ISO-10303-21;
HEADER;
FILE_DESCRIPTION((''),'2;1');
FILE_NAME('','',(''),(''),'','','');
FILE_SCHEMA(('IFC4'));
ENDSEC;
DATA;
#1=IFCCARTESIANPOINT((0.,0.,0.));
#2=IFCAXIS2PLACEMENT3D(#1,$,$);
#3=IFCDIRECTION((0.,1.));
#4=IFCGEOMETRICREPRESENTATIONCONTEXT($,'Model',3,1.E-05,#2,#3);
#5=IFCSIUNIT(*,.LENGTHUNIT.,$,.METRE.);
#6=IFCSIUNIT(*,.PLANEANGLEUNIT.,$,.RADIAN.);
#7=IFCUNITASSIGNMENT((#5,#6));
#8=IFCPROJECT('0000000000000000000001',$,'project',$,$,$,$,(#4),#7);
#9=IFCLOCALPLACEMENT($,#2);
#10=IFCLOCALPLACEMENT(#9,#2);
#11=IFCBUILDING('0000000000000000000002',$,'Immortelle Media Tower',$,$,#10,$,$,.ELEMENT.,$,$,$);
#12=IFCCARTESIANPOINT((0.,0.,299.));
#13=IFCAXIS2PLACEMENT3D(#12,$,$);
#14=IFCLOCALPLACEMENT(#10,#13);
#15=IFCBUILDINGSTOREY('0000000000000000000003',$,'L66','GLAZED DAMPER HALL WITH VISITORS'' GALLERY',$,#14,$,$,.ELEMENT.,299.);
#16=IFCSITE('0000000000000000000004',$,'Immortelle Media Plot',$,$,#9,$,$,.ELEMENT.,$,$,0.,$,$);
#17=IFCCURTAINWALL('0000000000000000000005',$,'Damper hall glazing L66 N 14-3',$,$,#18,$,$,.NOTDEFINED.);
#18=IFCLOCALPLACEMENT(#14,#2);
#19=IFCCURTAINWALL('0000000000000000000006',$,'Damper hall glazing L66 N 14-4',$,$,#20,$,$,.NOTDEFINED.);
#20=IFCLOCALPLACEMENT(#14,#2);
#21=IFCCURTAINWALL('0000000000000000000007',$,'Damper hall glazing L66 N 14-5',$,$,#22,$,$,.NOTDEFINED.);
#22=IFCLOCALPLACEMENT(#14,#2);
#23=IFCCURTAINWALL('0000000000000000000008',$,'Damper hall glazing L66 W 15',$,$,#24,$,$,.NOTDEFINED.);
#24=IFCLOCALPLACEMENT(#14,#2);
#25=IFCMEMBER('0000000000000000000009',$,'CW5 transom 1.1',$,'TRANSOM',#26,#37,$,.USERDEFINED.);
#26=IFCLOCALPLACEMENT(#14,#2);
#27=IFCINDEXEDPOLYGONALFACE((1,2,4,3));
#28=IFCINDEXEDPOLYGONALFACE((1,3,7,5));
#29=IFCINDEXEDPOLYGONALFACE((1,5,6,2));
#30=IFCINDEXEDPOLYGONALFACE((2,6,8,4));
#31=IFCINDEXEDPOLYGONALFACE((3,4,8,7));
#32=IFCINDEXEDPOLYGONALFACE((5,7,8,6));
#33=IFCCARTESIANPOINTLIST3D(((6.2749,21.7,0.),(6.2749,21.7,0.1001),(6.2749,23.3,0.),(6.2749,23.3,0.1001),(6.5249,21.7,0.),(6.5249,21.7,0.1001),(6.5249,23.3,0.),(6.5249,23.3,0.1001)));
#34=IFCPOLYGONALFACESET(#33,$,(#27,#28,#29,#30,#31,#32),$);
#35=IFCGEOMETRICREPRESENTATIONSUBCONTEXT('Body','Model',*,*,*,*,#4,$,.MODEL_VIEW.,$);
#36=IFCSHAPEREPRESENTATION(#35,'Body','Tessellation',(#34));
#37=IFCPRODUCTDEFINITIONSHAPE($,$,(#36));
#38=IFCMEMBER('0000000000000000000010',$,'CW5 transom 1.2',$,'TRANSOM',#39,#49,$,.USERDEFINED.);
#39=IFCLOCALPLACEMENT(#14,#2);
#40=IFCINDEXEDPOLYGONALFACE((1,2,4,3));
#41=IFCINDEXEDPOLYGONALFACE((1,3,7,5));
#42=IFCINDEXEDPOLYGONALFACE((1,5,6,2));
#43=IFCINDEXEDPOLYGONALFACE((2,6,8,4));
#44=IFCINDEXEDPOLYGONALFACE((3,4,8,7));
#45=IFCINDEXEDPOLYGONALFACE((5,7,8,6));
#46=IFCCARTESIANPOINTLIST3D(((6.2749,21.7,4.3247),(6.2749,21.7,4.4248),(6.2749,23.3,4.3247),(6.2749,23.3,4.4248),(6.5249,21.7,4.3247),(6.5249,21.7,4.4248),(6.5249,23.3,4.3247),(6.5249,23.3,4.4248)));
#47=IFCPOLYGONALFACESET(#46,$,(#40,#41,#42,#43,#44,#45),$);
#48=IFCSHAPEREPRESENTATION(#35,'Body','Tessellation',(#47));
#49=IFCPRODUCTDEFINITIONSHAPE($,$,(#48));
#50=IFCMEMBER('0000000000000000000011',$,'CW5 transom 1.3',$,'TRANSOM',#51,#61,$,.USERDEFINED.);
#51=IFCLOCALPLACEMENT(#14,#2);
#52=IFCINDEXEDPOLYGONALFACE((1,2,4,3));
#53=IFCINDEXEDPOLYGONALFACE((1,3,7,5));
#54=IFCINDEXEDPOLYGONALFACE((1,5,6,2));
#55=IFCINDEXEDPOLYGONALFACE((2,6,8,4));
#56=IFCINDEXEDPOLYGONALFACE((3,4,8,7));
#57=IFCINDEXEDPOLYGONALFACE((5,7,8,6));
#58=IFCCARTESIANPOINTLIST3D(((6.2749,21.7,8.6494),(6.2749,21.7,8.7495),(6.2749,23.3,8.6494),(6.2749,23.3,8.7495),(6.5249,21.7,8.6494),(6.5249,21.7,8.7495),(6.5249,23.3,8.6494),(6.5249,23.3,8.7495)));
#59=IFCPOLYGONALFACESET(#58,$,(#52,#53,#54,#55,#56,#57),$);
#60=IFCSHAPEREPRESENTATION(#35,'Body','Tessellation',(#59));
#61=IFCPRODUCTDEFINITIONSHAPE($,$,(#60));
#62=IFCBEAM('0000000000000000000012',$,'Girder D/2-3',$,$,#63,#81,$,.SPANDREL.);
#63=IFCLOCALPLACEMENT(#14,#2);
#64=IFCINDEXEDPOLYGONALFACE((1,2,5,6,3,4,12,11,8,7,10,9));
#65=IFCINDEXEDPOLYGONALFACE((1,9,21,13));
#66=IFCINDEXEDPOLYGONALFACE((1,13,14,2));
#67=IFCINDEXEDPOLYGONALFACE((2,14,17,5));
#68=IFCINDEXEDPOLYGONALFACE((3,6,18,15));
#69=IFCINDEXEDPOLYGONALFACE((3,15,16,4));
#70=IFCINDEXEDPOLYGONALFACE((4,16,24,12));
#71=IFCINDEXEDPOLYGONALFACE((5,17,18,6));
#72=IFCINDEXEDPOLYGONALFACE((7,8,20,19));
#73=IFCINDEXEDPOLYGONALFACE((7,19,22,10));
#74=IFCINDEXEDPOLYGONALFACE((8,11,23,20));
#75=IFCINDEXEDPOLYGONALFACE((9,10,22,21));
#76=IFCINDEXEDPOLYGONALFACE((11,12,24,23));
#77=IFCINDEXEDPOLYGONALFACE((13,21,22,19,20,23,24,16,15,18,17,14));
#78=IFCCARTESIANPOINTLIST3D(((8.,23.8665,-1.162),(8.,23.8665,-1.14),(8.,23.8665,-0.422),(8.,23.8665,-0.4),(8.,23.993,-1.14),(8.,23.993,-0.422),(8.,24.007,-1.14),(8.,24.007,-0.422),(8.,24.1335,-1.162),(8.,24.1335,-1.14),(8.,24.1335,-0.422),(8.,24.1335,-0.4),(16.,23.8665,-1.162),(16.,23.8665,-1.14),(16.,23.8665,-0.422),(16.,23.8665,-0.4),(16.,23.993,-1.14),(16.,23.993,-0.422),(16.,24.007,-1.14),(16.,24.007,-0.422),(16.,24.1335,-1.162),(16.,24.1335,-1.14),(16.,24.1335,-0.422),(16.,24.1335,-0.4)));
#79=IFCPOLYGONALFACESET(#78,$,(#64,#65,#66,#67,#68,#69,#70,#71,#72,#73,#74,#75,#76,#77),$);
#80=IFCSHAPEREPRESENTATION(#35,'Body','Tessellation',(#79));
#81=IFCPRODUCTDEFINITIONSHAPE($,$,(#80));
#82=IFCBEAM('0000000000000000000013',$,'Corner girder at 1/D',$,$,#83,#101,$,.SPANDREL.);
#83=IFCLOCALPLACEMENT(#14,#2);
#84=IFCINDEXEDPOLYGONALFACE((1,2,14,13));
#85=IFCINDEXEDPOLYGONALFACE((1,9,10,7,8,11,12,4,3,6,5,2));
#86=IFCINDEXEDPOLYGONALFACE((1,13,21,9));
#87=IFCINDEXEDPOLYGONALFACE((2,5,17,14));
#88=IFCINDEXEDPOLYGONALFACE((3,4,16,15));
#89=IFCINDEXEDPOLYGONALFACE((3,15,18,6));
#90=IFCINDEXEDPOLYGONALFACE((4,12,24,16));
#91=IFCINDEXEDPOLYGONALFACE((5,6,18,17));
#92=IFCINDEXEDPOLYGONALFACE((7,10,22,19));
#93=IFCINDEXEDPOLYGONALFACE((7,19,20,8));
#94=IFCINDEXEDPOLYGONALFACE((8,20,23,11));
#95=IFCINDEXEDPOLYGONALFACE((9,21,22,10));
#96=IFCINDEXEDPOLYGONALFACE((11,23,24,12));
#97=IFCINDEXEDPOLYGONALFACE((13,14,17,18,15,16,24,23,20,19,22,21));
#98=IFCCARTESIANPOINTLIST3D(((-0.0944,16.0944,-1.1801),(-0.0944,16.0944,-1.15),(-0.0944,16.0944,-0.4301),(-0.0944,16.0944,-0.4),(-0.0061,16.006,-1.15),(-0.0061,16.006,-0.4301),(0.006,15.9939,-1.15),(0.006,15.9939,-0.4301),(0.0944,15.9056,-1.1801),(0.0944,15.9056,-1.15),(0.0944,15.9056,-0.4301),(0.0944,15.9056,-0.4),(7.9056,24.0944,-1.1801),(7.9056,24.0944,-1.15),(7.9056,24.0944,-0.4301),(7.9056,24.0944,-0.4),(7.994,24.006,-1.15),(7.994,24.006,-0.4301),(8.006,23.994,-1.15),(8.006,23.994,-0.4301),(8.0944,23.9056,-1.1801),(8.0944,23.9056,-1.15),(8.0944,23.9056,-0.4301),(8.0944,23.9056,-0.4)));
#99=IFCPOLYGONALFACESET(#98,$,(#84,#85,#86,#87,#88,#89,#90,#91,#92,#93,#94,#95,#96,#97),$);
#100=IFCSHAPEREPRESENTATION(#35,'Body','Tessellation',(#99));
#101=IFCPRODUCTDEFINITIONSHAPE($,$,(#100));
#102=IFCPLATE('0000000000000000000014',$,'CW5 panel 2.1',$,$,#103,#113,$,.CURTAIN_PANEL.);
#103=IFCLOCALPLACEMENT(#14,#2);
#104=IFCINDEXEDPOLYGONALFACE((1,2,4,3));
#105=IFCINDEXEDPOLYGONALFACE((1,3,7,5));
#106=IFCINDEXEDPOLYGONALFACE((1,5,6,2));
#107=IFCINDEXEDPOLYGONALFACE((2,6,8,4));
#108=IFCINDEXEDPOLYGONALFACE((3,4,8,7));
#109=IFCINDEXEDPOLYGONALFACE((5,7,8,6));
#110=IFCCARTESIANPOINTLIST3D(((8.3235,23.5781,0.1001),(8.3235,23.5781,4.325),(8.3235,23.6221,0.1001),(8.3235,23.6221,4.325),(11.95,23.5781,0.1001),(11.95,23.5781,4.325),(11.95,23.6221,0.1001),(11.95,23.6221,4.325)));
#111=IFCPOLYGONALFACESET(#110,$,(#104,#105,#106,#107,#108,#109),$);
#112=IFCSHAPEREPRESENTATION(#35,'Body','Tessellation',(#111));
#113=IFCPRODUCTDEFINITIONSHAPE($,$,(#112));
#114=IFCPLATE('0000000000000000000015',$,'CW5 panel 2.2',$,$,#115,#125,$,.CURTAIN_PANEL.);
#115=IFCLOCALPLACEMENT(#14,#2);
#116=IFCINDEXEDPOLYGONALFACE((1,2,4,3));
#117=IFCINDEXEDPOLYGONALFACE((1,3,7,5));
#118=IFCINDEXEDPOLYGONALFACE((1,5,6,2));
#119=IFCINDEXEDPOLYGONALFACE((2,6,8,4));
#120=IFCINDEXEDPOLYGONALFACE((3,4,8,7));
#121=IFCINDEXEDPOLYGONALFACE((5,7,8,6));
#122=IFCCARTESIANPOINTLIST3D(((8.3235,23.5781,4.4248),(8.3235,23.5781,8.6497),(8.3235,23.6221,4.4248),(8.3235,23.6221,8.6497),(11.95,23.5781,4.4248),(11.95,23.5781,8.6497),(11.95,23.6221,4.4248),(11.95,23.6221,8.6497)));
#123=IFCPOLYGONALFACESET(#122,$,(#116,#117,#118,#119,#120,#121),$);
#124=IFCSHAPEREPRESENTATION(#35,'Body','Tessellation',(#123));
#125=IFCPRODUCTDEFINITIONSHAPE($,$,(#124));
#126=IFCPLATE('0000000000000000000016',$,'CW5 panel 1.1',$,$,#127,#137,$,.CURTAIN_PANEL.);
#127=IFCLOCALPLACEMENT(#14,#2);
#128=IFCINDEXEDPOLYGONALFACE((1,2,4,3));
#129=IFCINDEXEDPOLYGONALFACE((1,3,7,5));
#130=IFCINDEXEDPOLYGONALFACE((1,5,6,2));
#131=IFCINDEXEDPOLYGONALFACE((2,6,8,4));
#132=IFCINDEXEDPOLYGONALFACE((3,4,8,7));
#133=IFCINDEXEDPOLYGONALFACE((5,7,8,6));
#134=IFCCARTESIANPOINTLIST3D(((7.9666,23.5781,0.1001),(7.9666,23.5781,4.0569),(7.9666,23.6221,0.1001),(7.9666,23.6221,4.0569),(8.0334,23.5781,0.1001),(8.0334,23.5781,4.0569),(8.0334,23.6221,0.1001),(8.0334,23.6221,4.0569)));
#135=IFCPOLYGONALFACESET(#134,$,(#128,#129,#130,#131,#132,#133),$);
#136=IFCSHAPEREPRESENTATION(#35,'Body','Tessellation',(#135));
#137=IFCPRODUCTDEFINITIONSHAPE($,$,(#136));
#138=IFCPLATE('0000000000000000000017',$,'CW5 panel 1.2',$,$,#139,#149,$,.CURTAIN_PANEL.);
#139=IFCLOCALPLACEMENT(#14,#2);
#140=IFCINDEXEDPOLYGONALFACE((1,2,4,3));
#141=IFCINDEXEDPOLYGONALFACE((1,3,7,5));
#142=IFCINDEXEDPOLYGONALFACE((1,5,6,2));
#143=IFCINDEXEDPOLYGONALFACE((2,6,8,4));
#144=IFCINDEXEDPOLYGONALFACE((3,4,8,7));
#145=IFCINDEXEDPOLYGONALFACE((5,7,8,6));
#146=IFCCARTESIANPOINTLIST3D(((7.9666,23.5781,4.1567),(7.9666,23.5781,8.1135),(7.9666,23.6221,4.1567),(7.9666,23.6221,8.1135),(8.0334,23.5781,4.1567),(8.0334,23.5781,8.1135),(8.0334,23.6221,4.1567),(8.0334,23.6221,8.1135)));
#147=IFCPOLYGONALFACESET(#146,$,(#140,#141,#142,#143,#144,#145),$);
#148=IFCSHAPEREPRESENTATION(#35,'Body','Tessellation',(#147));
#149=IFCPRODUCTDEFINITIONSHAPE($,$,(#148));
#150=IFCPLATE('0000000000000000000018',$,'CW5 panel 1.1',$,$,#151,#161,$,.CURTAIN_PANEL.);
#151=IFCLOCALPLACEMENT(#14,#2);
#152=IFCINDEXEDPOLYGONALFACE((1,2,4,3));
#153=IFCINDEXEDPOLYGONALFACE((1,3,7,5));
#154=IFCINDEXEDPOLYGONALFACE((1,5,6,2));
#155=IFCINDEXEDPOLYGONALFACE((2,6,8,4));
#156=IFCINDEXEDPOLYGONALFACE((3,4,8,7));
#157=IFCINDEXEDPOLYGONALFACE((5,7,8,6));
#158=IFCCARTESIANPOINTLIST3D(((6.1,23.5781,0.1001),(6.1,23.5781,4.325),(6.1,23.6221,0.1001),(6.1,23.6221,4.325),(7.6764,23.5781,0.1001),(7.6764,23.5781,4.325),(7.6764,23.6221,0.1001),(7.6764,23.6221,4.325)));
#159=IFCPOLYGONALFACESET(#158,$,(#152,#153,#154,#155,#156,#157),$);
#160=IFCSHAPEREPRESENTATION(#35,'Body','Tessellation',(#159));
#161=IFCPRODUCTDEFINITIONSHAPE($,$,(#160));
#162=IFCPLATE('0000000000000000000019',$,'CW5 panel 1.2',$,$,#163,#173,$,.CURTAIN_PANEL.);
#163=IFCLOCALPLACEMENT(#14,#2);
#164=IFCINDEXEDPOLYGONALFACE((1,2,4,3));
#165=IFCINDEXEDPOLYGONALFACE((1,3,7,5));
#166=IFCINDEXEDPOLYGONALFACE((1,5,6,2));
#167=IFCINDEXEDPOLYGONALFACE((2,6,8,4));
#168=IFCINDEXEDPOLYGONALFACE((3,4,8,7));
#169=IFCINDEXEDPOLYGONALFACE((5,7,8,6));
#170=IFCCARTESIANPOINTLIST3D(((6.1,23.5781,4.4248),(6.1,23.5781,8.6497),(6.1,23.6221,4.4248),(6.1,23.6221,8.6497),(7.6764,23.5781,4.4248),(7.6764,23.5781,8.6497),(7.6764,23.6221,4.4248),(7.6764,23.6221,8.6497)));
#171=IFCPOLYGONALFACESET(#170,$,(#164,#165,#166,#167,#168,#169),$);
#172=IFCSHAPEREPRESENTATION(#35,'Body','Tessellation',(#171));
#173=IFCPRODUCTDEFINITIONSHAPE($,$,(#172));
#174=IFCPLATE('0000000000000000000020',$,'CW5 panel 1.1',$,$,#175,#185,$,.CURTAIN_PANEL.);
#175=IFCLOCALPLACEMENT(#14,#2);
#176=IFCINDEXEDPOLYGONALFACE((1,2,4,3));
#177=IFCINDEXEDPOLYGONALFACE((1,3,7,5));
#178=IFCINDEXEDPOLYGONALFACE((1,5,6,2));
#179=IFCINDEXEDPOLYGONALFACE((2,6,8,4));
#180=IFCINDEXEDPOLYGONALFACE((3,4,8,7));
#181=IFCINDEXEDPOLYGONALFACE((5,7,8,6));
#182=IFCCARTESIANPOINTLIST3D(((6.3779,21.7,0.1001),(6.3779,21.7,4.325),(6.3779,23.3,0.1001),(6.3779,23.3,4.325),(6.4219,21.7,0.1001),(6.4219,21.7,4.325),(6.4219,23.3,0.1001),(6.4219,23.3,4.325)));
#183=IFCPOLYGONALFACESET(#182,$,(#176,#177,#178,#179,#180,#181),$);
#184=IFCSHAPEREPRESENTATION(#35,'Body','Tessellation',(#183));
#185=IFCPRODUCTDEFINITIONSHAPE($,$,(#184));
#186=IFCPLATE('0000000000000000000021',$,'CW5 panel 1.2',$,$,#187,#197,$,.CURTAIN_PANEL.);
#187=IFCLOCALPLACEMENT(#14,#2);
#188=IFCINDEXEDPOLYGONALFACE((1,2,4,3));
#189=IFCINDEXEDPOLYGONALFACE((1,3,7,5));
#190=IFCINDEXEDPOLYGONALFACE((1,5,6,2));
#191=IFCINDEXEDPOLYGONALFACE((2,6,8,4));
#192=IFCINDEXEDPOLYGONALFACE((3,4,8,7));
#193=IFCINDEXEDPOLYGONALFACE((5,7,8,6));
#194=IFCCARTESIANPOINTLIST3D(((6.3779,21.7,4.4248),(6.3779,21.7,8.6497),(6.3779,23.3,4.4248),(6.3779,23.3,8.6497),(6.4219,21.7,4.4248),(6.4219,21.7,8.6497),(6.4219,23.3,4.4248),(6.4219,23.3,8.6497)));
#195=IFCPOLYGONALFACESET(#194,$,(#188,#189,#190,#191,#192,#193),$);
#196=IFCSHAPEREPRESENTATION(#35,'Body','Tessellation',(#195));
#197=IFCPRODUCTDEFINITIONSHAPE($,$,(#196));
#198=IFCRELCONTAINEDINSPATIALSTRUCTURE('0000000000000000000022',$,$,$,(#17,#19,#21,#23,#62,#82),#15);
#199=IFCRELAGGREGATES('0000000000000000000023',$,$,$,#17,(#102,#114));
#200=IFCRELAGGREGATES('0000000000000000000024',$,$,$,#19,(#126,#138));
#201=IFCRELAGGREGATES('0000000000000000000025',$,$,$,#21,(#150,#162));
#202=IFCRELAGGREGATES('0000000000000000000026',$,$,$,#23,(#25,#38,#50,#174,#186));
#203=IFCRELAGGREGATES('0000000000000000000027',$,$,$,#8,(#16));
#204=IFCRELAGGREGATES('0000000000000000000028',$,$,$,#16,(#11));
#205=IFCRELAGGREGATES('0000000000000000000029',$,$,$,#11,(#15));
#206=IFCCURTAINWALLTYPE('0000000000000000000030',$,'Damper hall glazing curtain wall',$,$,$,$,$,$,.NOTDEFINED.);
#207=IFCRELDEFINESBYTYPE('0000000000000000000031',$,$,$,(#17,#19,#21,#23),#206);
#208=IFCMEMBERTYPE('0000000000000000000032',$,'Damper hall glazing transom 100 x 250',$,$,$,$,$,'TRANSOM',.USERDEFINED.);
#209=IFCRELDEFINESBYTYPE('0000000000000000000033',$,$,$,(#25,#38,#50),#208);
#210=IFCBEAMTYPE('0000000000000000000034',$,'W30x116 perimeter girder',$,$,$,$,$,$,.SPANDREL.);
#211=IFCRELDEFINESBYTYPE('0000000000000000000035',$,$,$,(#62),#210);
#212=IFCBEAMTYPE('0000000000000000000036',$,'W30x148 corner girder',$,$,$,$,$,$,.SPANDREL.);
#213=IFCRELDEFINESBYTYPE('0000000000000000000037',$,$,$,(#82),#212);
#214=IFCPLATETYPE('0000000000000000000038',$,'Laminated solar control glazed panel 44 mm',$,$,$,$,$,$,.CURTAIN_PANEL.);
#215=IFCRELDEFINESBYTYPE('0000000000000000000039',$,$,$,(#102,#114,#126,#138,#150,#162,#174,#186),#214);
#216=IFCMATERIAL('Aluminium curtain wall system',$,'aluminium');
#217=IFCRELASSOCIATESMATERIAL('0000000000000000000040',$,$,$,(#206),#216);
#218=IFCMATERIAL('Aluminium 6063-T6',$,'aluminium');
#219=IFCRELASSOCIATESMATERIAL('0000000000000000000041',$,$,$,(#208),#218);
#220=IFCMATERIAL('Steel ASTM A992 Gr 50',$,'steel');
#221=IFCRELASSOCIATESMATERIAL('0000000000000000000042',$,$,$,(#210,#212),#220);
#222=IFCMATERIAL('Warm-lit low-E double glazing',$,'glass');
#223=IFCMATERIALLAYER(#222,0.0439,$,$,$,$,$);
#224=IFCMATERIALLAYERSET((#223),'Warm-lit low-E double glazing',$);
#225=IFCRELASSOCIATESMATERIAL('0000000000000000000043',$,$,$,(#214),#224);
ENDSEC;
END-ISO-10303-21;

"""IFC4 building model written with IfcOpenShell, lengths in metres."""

from ifc_helpers import new_model, si_unit, direction, frame, origin, origin_2d, place, context, subcontext, project, spatial, rectangle, i_section, extrude, material, layer, layer_set, material_profile, profile_set, type_object, element, aggregate, save


model = new_model("IFC4")

# Units and contexts
model_context = context("Model", 3, precision=1e-05, world=origin(), true_north=direction((0.0, 1.0)))
body_context = subcontext(model_context, "Body", "Model", "MODEL_VIEW")
ifc_project = project(units=[si_unit("LENGTHUNIT", "METRE"), si_unit("PLANEANGLEUNIT", "RADIAN")], contexts=[model_context])

# Site, building, storey
site_placement = place(None, origin())
site = spatial("IfcSite", under=ifc_project, at=site_placement, Name="Immortelle Media Plot", CompositionType="ELEMENT", RefElevation=0.0)
building_placement = place(site_placement, origin())
building = spatial("IfcBuilding", under=site, at=building_placement, Name="Immortelle Media Tower", CompositionType="ELEMENT")
storey_placement = place(building_placement, frame((0.0, 0.0, 299.0)))
storey = spatial("IfcBuildingStorey", under=building, at=storey_placement, Name="L66", Description="GLAZED DAMPER HALL WITH VISITORS' GALLERY", CompositionType="ELEMENT", Elevation=299.0)

# Shared definitions
ifc_material_1 = material(Name="Steel ASTM A992 Gr 50", Category="steel")

# Curtain wall
ifc_material_2 = material(Name="Aluminium curtain wall system", Category="aluminium")
curtain_wall_type = type_object("IfcCurtainWallType", Name="Damper hall glazing curtain wall", PredefinedType="NOTDEFINED", material=ifc_material_2)
curtain_wall_1_placement = place(storey_placement, origin())
curtain_wall_1 = element("IfcCurtainWall", 1, at=curtain_wall_1_placement, inside=storey, type_object=curtain_wall_type, Name="Damper hall glazing L66 N 14-3", PredefinedType="NOTDEFINED")
ifc_material_3 = material(Name="Aluminium 6063-T6", Category="aluminium")

# Curtain wall
curtain_wall_2_placement = place(storey_placement, origin())
curtain_wall_2 = element("IfcCurtainWall", 2, at=curtain_wall_2_placement, inside=storey, type_object=curtain_wall_type, Name="Damper hall glazing L66 N 14-4", PredefinedType="NOTDEFINED")

# Curtain walls
curtain_wall_3_placement = place(storey_placement, origin())
curtain_wall_3 = element("IfcCurtainWall", 3, at=curtain_wall_3_placement, inside=storey, type_object=curtain_wall_type, Name="Damper hall glazing L66 N 14-5", PredefinedType="NOTDEFINED")
curtain_wall_4_placement = place(storey_placement, origin())
curtain_wall_4 = element("IfcCurtainWall", 4, at=curtain_wall_4_placement, inside=storey, type_object=curtain_wall_type, Name="Damper hall glazing L66 W 15", PredefinedType="NOTDEFINED")

# Members
ifc_material_profile_1 = material_profile(ifc_material_3, rectangle(XDim=0.25, YDim=0.1001, at=origin_2d()), Name="AL 100x250")
ifc_profile_set_1 = profile_set([ifc_material_profile_1], Name="Aluminium 6063-T6")
member_type_1 = type_object("IfcMemberType", Name="Damper hall glazing transom 100 x 250", ElementType="TRANSOM", PredefinedType="USERDEFINED", material=ifc_profile_set_1)
member_1_placement = place(storey_placement, frame((6.3999, 23.3, 0.05), z_axis=(0.0, -1.0, 0.0), x_axis=(1.0, 0.0, 0.0)))
member_1 = element("IfcMember", 5, at=member_1_placement, type_object=member_type_1, Name="CW5 transom 1.1", ObjectType="TRANSOM", PredefinedType="USERDEFINED", context=body_context, shape_type="SweptSolid", body=[
    extrude(rectangle(XDim=0.25, YDim=0.1001, at=origin_2d()), origin(), (0.0, 0.0, 1.0), 1.6001),
])
member_2_placement = place(storey_placement, frame((6.3999, 23.3, 4.3748), z_axis=(0.0, -1.0, 0.0), x_axis=(1.0, 0.0, 0.0)))
member_2 = element("IfcMember", 6, at=member_2_placement, type_object=member_type_1, Name="CW5 transom 1.2", ObjectType="TRANSOM", PredefinedType="USERDEFINED", context=body_context, shape_type="SweptSolid", body=[
    extrude(rectangle(XDim=0.25, YDim=0.1001, at=origin_2d()), origin(), (0.0, 0.0, 1.0), 1.6001),
])
member_3_placement = place(storey_placement, frame((6.3999, 23.3, 8.6995), z_axis=(0.0, -1.0, 0.0), x_axis=(1.0, 0.0, 0.0)))
member_3 = element("IfcMember", 7, at=member_3_placement, type_object=member_type_1, Name="CW5 transom 1.3", ObjectType="TRANSOM", PredefinedType="USERDEFINED", context=body_context, shape_type="SweptSolid", body=[
    extrude(rectangle(XDim=0.25, YDim=0.1001, at=origin_2d()), origin(), (0.0, 0.0, 1.0), 1.6001),
])

# Beams
ifc_material_profile_2 = material_profile(ifc_material_1, i_section(OverallWidth=0.2671, OverallDepth=0.762, WebThickness=0.0139, FlangeThickness=0.022, at=origin_2d()), Name="W30x116")
ifc_profile_set_2 = profile_set([ifc_material_profile_2], Name="Steel ASTM A992 Gr 50")
beam_type_1 = type_object("IfcBeamType", Name="W30x116 perimeter girder", PredefinedType="SPANDREL", material=ifc_profile_set_2)
beam_1_placement = place(storey_placement, frame((8.0, 24.0, -0.781), z_axis=(1.0, 0.0, 0.0), x_axis=(0.0, 1.0, 0.0)))
element("IfcBeam", 8, at=beam_1_placement, inside=storey, type_object=beam_type_1, Name="Girder D/2-3", PredefinedType="SPANDREL", context=body_context, shape_type="SweptSolid", body=[
    extrude(i_section(OverallWidth=0.2671, OverallDepth=0.762, WebThickness=0.0139, FlangeThickness=0.022, at=origin_2d()), origin(), (0.0, 0.0, 1.0), 8.0),
])
ifc_material_profile_3 = material_profile(ifc_material_1, i_section(OverallWidth=0.2671, OverallDepth=0.78, WebThickness=0.0171, FlangeThickness=0.03, at=origin_2d()), Name="W30x148")
ifc_profile_set_3 = profile_set([ifc_material_profile_3], Name="Steel ASTM A992 Gr 50")
beam_type_2 = type_object("IfcBeamType", Name="W30x148 corner girder", PredefinedType="SPANDREL", material=ifc_profile_set_3)
beam_2_placement = place(storey_placement, frame((8.0, 24.0, -0.79), z_axis=(-0.707107, -0.707107, 0.0), x_axis=(0.707107, -0.707107, 0.0)))
element("IfcBeam", 9, at=beam_2_placement, inside=storey, type_object=beam_type_2, Name="Corner girder at 1/D", PredefinedType="SPANDREL", context=body_context, shape_type="SweptSolid", body=[
    extrude(i_section(OverallWidth=0.2671, OverallDepth=0.78, WebThickness=0.0171, FlangeThickness=0.03, at=origin_2d()), origin(), (0.0, 0.0, 1.0), 11.3137),
])

# Plates
ifc_material_4 = material(Name="Warm-lit low-E double glazing", Category="glass")
ifc_layer_1 = layer(ifc_material_4, 0.0439)
ifc_layer_set_1 = layer_set([ifc_layer_1], Name="Warm-lit low-E double glazing")
plate_type = type_object("IfcPlateType", Name="Laminated solar control glazed panel 44 mm", PredefinedType="CURTAIN_PANEL", material=ifc_layer_set_1)
plate_1_placement = place(storey_placement, frame((10.1367, 23.6001, 0.1001), z_axis=(0.0, 0.0, 1.0), x_axis=(-1.0, 0.0, 0.0)))
plate_1 = element("IfcPlate", 10, at=plate_1_placement, type_object=plate_type, Name="CW5 panel 2.1", PredefinedType="CURTAIN_PANEL", context=body_context, shape_type="SweptSolid", body=[
    extrude(rectangle(XDim=3.6265, YDim=0.0439, at=origin_2d()), origin(), (0.0, 0.0, 1.0), 4.2249),
])
plate_2_placement = place(storey_placement, frame((10.1367, 23.6001, 4.4248), z_axis=(0.0, 0.0, 1.0), x_axis=(-1.0, 0.0, 0.0)))
plate_2 = element("IfcPlate", 11, at=plate_2_placement, type_object=plate_type, Name="CW5 panel 2.2", PredefinedType="CURTAIN_PANEL", context=body_context, shape_type="SweptSolid", body=[
    extrude(rectangle(XDim=3.6265, YDim=0.0439, at=origin_2d()), origin(), (0.0, 0.0, 1.0), 4.2249),
])
aggregate(curtain_wall_1, [plate_1, plate_2])
plate_3_placement = place(storey_placement, frame((8.0, 23.6001, 0.1001), z_axis=(0.0, 0.0, 1.0), x_axis=(-1.0, 0.0, 0.0)))
plate_3 = element("IfcPlate", 12, at=plate_3_placement, type_object=plate_type, Name="CW5 panel 1.1", PredefinedType="CURTAIN_PANEL", context=body_context, shape_type="SweptSolid", body=[
    extrude(rectangle(XDim=0.0669, YDim=0.0439, at=origin_2d()), origin(), (0.0, 0.0, 1.0), 3.9568),
])
plate_4_placement = place(storey_placement, frame((8.0, 23.6001, 4.1567), z_axis=(0.0, 0.0, 1.0), x_axis=(-1.0, 0.0, 0.0)))
plate_4 = element("IfcPlate", 13, at=plate_4_placement, type_object=plate_type, Name="CW5 panel 1.2", PredefinedType="CURTAIN_PANEL", context=body_context, shape_type="SweptSolid", body=[
    extrude(rectangle(XDim=0.0669, YDim=0.0439, at=origin_2d()), origin(), (0.0, 0.0, 1.0), 3.9568),
])
aggregate(curtain_wall_2, [plate_3, plate_4])
plate_5_placement = place(storey_placement, frame((6.8882, 23.6001, 0.1001), z_axis=(0.0, 0.0, 1.0), x_axis=(-1.0, 0.0, 0.0)))
plate_5 = element("IfcPlate", 14, at=plate_5_placement, type_object=plate_type, Name="CW5 panel 1.1", PredefinedType="CURTAIN_PANEL", context=body_context, shape_type="SweptSolid", body=[
    extrude(rectangle(XDim=1.5764, YDim=0.0439, at=origin_2d()), origin(), (0.0, 0.0, 1.0), 4.2249),
])
plate_6_placement = place(storey_placement, frame((6.8882, 23.6001, 4.4248), z_axis=(0.0, 0.0, 1.0), x_axis=(-1.0, 0.0, 0.0)))
plate_6 = element("IfcPlate", 15, at=plate_6_placement, type_object=plate_type, Name="CW5 panel 1.2", PredefinedType="CURTAIN_PANEL", context=body_context, shape_type="SweptSolid", body=[
    extrude(rectangle(XDim=1.5764, YDim=0.0439, at=origin_2d()), origin(), (0.0, 0.0, 1.0), 4.2249),
])
aggregate(curtain_wall_3, [plate_5, plate_6])
plate_7_placement = place(storey_placement, frame((6.3999, 22.5, 0.1001), z_axis=(0.0, 0.0, 1.0), x_axis=(0.0, -1.0, 0.0)))
plate_7 = element("IfcPlate", 16, at=plate_7_placement, type_object=plate_type, Name="CW5 panel 1.1", PredefinedType="CURTAIN_PANEL", context=body_context, shape_type="SweptSolid", body=[
    extrude(rectangle(XDim=1.6001, YDim=0.0439, at=origin_2d()), origin(), (0.0, 0.0, 1.0), 4.2249),
])
plate_8_placement = place(storey_placement, frame((6.3999, 22.5, 4.4248), z_axis=(0.0, 0.0, 1.0), x_axis=(0.0, -1.0, 0.0)))
plate_8 = element("IfcPlate", 17, at=plate_8_placement, type_object=plate_type, Name="CW5 panel 1.2", PredefinedType="CURTAIN_PANEL", context=body_context, shape_type="SweptSolid", body=[
    extrude(rectangle(XDim=1.6001, YDim=0.0439, at=origin_2d()), origin(), (0.0, 0.0, 1.0), 4.2249),
])
aggregate(curtain_wall_4, [member_1, member_2, member_3, plate_7, plate_8])

save(model, "model.ifc")
